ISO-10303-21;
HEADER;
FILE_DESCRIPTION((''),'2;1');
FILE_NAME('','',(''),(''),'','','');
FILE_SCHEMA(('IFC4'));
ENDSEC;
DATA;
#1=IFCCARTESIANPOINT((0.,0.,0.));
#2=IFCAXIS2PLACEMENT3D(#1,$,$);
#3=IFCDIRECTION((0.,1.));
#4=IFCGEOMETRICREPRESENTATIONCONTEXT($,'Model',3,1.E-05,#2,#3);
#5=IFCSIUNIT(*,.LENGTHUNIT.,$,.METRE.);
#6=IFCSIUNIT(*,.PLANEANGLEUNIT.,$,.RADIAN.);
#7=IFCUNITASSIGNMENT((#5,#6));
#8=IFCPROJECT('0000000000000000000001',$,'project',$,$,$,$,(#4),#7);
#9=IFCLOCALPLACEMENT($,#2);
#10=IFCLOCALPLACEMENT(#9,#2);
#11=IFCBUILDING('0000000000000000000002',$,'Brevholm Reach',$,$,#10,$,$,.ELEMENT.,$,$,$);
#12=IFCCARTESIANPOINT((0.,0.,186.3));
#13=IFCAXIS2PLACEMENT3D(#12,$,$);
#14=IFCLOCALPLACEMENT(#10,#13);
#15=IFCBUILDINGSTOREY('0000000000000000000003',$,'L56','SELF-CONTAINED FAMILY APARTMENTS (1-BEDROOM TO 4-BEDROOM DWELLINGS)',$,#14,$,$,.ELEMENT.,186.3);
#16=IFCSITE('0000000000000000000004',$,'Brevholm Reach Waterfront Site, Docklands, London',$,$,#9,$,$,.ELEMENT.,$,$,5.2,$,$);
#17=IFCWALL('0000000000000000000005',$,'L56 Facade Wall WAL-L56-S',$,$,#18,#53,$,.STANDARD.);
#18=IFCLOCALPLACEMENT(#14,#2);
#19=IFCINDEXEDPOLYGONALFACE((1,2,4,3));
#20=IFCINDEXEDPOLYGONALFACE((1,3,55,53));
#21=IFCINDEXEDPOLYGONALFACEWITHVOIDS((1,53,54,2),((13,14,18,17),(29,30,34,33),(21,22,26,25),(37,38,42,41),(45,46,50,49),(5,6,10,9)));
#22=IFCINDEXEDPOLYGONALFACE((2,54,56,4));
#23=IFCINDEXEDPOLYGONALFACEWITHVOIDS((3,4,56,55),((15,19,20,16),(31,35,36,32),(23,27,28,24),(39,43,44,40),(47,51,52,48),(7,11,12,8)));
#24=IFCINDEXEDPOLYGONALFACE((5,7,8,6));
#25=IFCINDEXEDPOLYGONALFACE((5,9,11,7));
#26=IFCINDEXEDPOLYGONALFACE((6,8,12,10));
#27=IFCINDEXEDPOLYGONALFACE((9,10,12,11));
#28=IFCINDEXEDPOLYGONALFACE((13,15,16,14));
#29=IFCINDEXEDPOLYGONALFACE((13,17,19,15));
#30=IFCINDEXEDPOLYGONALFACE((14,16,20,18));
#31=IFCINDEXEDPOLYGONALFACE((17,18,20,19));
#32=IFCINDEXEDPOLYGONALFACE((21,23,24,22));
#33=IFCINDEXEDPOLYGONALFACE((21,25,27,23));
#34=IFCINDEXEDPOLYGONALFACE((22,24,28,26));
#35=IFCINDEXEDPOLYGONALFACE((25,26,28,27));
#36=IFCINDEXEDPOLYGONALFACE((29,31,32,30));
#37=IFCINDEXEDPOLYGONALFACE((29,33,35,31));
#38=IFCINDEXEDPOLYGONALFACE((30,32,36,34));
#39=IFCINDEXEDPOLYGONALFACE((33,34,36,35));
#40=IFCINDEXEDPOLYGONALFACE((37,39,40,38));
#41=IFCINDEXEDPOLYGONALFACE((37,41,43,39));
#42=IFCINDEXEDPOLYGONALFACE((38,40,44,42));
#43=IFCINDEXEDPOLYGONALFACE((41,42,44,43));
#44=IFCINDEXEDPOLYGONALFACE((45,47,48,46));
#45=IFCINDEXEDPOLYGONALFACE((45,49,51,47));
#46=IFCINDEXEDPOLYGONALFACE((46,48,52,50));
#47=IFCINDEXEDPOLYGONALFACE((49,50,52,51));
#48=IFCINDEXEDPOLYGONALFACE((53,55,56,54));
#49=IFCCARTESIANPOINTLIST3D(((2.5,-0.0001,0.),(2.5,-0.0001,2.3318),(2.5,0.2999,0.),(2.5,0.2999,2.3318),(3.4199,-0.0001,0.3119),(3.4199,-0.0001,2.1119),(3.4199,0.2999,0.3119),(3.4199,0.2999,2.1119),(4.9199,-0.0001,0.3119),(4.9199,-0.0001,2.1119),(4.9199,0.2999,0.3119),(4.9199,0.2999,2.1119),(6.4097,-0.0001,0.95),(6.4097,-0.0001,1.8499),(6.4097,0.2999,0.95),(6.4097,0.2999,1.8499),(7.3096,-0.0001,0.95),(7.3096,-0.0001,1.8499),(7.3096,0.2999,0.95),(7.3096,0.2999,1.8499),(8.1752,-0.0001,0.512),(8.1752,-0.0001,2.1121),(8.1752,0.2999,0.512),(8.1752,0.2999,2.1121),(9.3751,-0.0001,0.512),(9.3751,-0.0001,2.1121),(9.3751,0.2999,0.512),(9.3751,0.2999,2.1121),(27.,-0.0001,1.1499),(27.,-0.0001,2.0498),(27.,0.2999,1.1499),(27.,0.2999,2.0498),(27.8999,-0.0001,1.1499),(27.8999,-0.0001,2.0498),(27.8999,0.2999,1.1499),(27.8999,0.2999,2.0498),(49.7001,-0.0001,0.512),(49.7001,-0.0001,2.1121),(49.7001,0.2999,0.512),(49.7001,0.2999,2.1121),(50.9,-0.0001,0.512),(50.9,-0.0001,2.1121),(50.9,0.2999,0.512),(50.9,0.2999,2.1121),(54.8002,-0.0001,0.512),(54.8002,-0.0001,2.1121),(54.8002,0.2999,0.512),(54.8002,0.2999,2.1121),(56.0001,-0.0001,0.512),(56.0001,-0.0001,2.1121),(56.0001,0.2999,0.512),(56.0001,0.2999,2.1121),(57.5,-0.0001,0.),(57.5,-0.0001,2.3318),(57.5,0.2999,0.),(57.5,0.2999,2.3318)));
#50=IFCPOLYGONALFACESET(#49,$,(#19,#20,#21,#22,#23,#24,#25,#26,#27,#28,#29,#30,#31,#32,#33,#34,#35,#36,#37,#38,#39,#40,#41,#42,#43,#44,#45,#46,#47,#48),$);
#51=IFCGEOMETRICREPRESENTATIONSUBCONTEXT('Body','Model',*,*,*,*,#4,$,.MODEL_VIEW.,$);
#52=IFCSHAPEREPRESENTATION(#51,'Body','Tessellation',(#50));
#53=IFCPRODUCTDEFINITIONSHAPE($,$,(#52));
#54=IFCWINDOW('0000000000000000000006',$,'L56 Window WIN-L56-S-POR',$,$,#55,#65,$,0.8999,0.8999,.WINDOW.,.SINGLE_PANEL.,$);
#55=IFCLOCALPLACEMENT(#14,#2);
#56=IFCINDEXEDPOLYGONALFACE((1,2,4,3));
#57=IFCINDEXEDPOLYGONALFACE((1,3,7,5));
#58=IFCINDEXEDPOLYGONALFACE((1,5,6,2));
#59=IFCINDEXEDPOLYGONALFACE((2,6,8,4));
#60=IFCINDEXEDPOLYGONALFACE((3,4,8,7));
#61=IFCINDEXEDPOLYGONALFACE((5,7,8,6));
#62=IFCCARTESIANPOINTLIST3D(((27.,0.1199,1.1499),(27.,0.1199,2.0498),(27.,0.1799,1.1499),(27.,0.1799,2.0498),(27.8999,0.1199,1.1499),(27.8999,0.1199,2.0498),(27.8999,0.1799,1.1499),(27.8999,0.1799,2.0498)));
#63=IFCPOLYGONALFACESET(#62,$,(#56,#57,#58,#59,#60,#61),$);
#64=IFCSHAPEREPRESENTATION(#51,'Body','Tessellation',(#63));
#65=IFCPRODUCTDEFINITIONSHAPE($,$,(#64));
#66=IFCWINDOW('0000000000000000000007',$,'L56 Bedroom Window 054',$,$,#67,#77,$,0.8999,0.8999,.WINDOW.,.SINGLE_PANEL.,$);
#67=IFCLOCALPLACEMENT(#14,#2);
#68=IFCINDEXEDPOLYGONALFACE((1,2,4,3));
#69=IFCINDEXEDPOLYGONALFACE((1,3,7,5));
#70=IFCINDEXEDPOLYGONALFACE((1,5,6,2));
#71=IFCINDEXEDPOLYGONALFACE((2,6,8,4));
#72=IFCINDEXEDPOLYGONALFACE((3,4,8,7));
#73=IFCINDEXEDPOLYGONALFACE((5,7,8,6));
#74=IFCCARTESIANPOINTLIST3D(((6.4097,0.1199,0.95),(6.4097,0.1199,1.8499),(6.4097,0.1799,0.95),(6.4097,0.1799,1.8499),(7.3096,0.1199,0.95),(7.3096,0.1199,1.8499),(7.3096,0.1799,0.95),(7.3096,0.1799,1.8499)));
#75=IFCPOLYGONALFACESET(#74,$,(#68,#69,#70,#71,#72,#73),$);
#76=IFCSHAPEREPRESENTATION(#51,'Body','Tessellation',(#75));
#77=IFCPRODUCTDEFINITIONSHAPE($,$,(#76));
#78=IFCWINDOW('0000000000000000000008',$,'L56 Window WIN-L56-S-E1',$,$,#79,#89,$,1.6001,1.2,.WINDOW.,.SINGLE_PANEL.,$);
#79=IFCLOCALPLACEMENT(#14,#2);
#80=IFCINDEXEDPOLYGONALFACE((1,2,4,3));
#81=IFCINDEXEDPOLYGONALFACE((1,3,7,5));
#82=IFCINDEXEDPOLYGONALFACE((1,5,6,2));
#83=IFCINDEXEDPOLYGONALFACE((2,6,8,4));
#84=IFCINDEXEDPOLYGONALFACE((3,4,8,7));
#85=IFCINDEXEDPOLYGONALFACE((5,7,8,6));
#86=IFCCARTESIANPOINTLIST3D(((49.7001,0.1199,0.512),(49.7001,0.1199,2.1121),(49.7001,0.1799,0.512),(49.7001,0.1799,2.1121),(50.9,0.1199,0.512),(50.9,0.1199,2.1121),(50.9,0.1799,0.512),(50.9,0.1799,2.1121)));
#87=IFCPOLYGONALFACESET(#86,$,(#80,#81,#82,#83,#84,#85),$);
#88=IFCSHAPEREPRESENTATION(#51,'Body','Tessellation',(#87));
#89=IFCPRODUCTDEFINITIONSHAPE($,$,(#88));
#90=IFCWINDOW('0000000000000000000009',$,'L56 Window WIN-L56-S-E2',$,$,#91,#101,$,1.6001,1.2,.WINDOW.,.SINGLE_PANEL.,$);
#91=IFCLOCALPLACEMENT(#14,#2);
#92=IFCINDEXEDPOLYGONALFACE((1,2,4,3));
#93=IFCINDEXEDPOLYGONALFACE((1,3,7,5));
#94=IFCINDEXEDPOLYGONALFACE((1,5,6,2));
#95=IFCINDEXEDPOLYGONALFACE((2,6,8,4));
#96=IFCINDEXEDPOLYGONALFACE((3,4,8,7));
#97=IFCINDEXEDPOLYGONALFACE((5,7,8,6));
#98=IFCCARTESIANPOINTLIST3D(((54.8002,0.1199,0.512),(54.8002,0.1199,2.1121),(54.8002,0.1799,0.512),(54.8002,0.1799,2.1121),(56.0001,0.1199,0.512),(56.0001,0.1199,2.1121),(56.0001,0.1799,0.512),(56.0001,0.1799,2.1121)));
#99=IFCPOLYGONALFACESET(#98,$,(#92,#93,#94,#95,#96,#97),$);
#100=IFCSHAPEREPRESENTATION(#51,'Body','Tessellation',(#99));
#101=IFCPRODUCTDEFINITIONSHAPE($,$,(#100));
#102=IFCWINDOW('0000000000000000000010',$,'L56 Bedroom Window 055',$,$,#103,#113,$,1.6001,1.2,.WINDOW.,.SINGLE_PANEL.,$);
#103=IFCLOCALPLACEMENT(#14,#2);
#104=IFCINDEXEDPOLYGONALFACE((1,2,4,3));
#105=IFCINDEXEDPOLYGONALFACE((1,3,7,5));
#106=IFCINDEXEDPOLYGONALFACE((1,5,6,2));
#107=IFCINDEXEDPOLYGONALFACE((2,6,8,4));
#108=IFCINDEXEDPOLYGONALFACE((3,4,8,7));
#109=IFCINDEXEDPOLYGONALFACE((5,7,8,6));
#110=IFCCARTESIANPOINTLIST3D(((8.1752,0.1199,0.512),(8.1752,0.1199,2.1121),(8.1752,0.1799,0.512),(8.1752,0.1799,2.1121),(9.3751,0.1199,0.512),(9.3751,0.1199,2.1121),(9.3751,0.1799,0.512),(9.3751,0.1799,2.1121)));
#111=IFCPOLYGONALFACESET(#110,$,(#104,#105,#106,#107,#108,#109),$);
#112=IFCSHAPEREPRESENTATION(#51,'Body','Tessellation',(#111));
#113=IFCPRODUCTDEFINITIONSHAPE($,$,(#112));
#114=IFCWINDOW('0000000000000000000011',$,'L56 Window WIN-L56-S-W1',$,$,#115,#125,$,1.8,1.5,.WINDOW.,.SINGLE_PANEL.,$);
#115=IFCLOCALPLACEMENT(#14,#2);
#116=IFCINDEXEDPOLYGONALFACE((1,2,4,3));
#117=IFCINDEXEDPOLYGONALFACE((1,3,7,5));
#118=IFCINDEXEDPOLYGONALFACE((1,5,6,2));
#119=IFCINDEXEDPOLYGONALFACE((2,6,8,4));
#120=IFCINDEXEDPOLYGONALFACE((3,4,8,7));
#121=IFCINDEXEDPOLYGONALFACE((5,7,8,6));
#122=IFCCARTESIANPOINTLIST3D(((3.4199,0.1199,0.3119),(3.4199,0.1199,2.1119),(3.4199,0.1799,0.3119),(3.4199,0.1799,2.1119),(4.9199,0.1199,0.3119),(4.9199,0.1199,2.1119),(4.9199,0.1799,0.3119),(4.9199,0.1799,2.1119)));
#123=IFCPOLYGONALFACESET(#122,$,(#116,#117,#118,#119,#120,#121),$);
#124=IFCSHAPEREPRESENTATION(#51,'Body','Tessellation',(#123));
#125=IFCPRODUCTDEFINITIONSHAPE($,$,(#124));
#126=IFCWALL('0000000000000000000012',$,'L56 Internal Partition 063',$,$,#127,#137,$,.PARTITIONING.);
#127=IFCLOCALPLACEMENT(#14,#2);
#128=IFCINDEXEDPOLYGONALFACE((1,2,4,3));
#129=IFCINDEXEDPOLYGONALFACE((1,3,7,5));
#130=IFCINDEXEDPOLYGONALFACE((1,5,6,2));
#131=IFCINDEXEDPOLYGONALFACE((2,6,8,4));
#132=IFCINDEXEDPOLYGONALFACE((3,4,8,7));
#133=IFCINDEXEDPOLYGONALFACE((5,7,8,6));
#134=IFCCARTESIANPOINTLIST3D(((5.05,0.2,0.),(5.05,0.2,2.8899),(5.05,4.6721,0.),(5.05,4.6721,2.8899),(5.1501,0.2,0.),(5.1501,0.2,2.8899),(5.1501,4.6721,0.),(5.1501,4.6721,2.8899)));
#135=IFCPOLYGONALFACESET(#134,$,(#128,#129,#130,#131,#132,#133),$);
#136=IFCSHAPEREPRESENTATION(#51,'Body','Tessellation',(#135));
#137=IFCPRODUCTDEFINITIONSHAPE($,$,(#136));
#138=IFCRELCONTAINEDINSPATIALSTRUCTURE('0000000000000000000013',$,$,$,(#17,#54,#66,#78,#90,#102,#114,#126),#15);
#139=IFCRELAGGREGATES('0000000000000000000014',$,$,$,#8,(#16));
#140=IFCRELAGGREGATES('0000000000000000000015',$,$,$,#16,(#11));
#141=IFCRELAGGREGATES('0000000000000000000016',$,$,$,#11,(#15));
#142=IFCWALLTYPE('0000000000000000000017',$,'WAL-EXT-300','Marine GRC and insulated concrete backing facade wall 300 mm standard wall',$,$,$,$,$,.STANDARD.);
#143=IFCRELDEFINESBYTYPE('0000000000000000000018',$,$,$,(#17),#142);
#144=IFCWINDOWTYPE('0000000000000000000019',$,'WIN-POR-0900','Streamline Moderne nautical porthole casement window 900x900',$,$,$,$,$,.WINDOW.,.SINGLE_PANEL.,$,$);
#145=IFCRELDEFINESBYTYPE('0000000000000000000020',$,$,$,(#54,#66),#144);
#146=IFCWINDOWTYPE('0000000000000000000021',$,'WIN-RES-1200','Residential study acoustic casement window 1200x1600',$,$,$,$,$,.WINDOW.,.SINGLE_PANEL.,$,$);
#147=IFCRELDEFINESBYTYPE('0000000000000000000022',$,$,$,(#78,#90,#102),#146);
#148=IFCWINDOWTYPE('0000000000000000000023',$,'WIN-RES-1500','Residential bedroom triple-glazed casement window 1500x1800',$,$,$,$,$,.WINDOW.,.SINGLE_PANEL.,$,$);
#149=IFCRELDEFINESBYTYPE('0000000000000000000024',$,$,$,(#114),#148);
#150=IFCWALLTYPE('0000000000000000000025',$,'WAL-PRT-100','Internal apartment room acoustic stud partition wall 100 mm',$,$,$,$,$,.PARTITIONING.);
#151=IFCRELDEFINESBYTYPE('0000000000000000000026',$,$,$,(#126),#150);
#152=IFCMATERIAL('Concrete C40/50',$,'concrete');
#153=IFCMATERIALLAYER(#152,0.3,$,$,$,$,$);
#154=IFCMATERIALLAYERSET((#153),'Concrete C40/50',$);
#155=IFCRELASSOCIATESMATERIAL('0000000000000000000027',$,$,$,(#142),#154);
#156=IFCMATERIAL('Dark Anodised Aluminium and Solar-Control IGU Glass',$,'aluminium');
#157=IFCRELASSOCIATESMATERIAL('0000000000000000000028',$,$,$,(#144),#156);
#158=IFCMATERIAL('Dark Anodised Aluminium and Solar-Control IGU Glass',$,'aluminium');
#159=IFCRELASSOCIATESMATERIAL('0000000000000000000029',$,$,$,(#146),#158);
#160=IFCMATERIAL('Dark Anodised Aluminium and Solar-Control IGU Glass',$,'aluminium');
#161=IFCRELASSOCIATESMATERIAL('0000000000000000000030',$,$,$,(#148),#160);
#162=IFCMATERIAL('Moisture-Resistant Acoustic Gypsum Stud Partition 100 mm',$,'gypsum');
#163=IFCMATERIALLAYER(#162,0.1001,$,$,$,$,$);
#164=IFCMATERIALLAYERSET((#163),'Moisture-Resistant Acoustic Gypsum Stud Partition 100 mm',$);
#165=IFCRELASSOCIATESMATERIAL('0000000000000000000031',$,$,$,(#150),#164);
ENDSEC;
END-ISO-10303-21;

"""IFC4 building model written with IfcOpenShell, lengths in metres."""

from ifc_helpers import new_model, si_unit, direction, frame, frame_2d, origin, place, context, subcontext, project, spatial, rectangle, extrude, material, layer, layer_set, type_object, element, fill, save


model = new_model("IFC4")

# Units and contexts
model_context = context("Model", 3, precision=1e-05, world=origin(), true_north=direction((0.0, 1.0)))
body_context = subcontext(model_context, "Body", "Model", "MODEL_VIEW")
ifc_project = project(units=[si_unit("LENGTHUNIT", "METRE"), si_unit("PLANEANGLEUNIT", "RADIAN")], contexts=[model_context])

# Site, building, storey
site_placement = place(None, origin())
site = spatial("IfcSite", under=ifc_project, at=site_placement, Name="Brevholm Reach Waterfront Site, Docklands, London", CompositionType="ELEMENT", RefElevation=5.2)
building_placement = place(site_placement, origin())
building = spatial("IfcBuilding", under=site, at=building_placement, Name="Brevholm Reach", CompositionType="ELEMENT")
storey_placement = place(building_placement, frame((0.0, 0.0, 186.3)))
storey = spatial("IfcBuildingStorey", under=building, at=storey_placement, Name="L56", Description="SELF-CONTAINED FAMILY APARTMENTS (1-BEDROOM TO 4-BEDROOM DWELLINGS)", CompositionType="ELEMENT", Elevation=186.3)

# Shared definitions
ifc_material_1 = material(Name="Concrete C40/50", Category="concrete")
ifc_layer_1 = layer(ifc_material_1, 0.3)
ifc_layer_set_1 = layer_set([ifc_layer_1], Name="Concrete C40/50")
wall_type_1 = type_object("IfcWallType", Name="WAL-EXT-300", Description="Marine GRC and insulated concrete backing facade wall 300 mm standard wall", PredefinedType="STANDARD", material=ifc_layer_set_1)

# Wall, openings, windows
wall_1_placement = place(storey_placement, frame((2.5, 0.1499, 0.0), z_axis=(0.0, 0.0, 1.0), x_axis=(1.0, 0.0, 0.0)))
wall_1 = element("IfcWall", 1, at=wall_1_placement, inside=storey, type_object=wall_type_1, Name="L56 Facade Wall WAL-L56-S", PredefinedType="STANDARD", context=body_context, shape_type="SweptSolid", body=[
    extrude(rectangle(XDim=55.0, YDim=0.3, at=frame_2d((27.5, 0.0))), origin(), (0.0, 0.0, 1.0), 2.3318),
])
opening_1_placement = place(wall_1_placement, frame((0.9199, 0.0, 0.312)))
opening_1 = element("IfcOpeningElement", 2, at=opening_1_placement, cuts=wall_1, PredefinedType="OPENING", context=body_context, shape_type="SweptSolid", body=[
    extrude(rectangle(XDim=1.5, YDim=1.8, at=frame_2d((0.75, 0.8999))), frame((0.0, 0.1599, 0.0), z_axis=(0.0, -1.0, 0.0), x_axis=(1.0, 0.0, 0.0)), (0.0, 0.0, 1.0), 0.3201),
])
opening_2_placement = place(wall_1_placement, frame((24.5, 0.0, 1.1499)))
opening_2 = element("IfcOpeningElement", 3, at=opening_2_placement, cuts=wall_1, PredefinedType="OPENING", context=body_context, shape_type="SweptSolid", body=[
    extrude(rectangle(XDim=0.8999, YDim=0.8999, at=frame_2d((0.45, 0.45))), frame((0.0, 0.1599, 0.0), z_axis=(0.0, -1.0, 0.0), x_axis=(1.0, 0.0, 0.0)), (0.0, 0.0, 1.0), 0.3201),
])
opening_3_placement = place(wall_1_placement, frame((47.2, 0.0, 0.512)))
opening_3 = element("IfcOpeningElement", 4, at=opening_3_placement, cuts=wall_1, PredefinedType="OPENING", context=body_context, shape_type="SweptSolid", body=[
    extrude(rectangle(XDim=1.2, YDim=1.6001, at=frame_2d((0.6001, 0.8))), frame((0.0, 0.1599, 0.0), z_axis=(0.0, -1.0, 0.0), x_axis=(1.0, 0.0, 0.0)), (0.0, 0.0, 1.0), 0.3201),
])
opening_4_placement = place(wall_1_placement, frame((52.3, 0.0, 0.512)))
opening_4 = element("IfcOpeningElement", 5, at=opening_4_placement, cuts=wall_1, PredefinedType="OPENING", context=body_context, shape_type="SweptSolid", body=[
    extrude(rectangle(XDim=1.2, YDim=1.6001, at=frame_2d((0.6001, 0.8))), frame((0.0, 0.1599, 0.0), z_axis=(0.0, -1.0, 0.0), x_axis=(1.0, 0.0, 0.0)), (0.0, 0.0, 1.0), 0.3201),
])
opening_5_placement = place(wall_1_placement, frame((3.9097, 0.0, 0.95)))
opening_5 = element("IfcOpeningElement", 6, at=opening_5_placement, cuts=wall_1, PredefinedType="OPENING", context=body_context, shape_type="SweptSolid", body=[
    extrude(rectangle(XDim=0.8999, YDim=0.8999, at=frame_2d((0.45, 0.45))), frame((0.0, 0.1599, 0.0), z_axis=(0.0, -1.0, 0.0), x_axis=(1.0, 0.0, 0.0)), (0.0, 0.0, 1.0), 0.3201),
])
opening_6_placement = place(wall_1_placement, frame((5.675, 0.0, 0.512)))
opening_6 = element("IfcOpeningElement", 7, at=opening_6_placement, cuts=wall_1, PredefinedType="OPENING", context=body_context, shape_type="SweptSolid", body=[
    extrude(rectangle(XDim=1.2, YDim=1.6001, at=frame_2d((0.6001, 0.8))), frame((0.0, 0.1599, 0.0), z_axis=(0.0, -1.0, 0.0), x_axis=(1.0, 0.0, 0.0)), (0.0, 0.0, 1.0), 0.3201),
])
ifc_material_2 = material(Name="Dark Anodised Aluminium and Solar-Control IGU Glass", Category="aluminium")
window_type_1 = type_object("IfcWindowType", Name="WIN-POR-0900", Description="Streamline Moderne nautical porthole casement window 900x900", PartitioningType="SINGLE_PANEL", PredefinedType="WINDOW", material=ifc_material_2)
window_1_placement = place(opening_2_placement, origin())
window_1 = element("IfcWindow", 8, at=window_1_placement, inside=storey, type_object=window_type_1, Name="L56 Window WIN-L56-S-POR", OverallHeight=0.8999, OverallWidth=0.8999, PartitioningType="SINGLE_PANEL", PredefinedType="WINDOW", context=body_context, shape_type="SweptSolid", body=[
    extrude(rectangle(XDim=0.8999, YDim=0.8999, at=frame_2d((0.45, 0.45))), frame((0.0, 0.03, 0.0), z_axis=(0.0, -1.0, 0.0), x_axis=(1.0, 0.0, 0.0)), (0.0, 0.0, 1.0), 0.0601),
])
fill(opening_2, window_1)
window_2_placement = place(opening_5_placement, origin())
window_2 = element("IfcWindow", 9, at=window_2_placement, inside=storey, type_object=window_type_1, Name="L56 Bedroom Window 054", OverallHeight=0.8999, OverallWidth=0.8999, PartitioningType="SINGLE_PANEL", PredefinedType="WINDOW", context=body_context, shape_type="SweptSolid", body=[
    extrude(rectangle(XDim=0.8999, YDim=0.8999, at=frame_2d((0.45, 0.45))), frame((0.0, 0.03, 0.0), z_axis=(0.0, -1.0, 0.0), x_axis=(1.0, 0.0, 0.0)), (0.0, 0.0, 1.0), 0.0601),
])
fill(opening_5, window_2)
ifc_material_3 = material(Name="Dark Anodised Aluminium and Solar-Control IGU Glass", Category="aluminium")
window_type_2 = type_object("IfcWindowType", Name="WIN-RES-1200", Description="Residential study acoustic casement window 1200x1600", PartitioningType="SINGLE_PANEL", PredefinedType="WINDOW", material=ifc_material_3)
window_3_placement = place(opening_3_placement, origin())
window_3 = element("IfcWindow", 10, at=window_3_placement, inside=storey, type_object=window_type_2, Name="L56 Window WIN-L56-S-E1", OverallHeight=1.6001, OverallWidth=1.2, PartitioningType="SINGLE_PANEL", PredefinedType="WINDOW", context=body_context, shape_type="SweptSolid", body=[
    extrude(rectangle(XDim=1.2, YDim=1.6001, at=frame_2d((0.6001, 0.8))), frame((0.0, 0.03, 0.0), z_axis=(0.0, -1.0, 0.0), x_axis=(1.0, 0.0, 0.0)), (0.0, 0.0, 1.0), 0.0601),
])
fill(opening_3, window_3)
window_4_placement = place(opening_4_placement, origin())
window_4 = element("IfcWindow", 11, at=window_4_placement, inside=storey, type_object=window_type_2, Name="L56 Window WIN-L56-S-E2", OverallHeight=1.6001, OverallWidth=1.2, PartitioningType="SINGLE_PANEL", PredefinedType="WINDOW", context=body_context, shape_type="SweptSolid", body=[
    extrude(rectangle(XDim=1.2, YDim=1.6001, at=frame_2d((0.6001, 0.8))), frame((0.0, 0.03, 0.0), z_axis=(0.0, -1.0, 0.0), x_axis=(1.0, 0.0, 0.0)), (0.0, 0.0, 1.0), 0.0601),
])
fill(opening_4, window_4)
window_5_placement = place(opening_6_placement, origin())
window_5 = element("IfcWindow", 12, at=window_5_placement, inside=storey, type_object=window_type_2, Name="L56 Bedroom Window 055", OverallHeight=1.6001, OverallWidth=1.2, PartitioningType="SINGLE_PANEL", PredefinedType="WINDOW", context=body_context, shape_type="SweptSolid", body=[
    extrude(rectangle(XDim=1.2, YDim=1.6001, at=frame_2d((0.6001, 0.8))), frame((0.0, 0.03, 0.0), z_axis=(0.0, -1.0, 0.0), x_axis=(1.0, 0.0, 0.0)), (0.0, 0.0, 1.0), 0.0601),
])
fill(opening_6, window_5)
ifc_material_4 = material(Name="Dark Anodised Aluminium and Solar-Control IGU Glass", Category="aluminium")
window_type_3 = type_object("IfcWindowType", Name="WIN-RES-1500", Description="Residential bedroom triple-glazed casement window 1500x1800", PartitioningType="SINGLE_PANEL", PredefinedType="WINDOW", material=ifc_material_4)
window_6_placement = place(opening_1_placement, origin())
window_6 = element("IfcWindow", 13, at=window_6_placement, inside=storey, type_object=window_type_3, Name="L56 Window WIN-L56-S-W1", OverallHeight=1.8, OverallWidth=1.5, PartitioningType="SINGLE_PANEL", PredefinedType="WINDOW", context=body_context, shape_type="SweptSolid", body=[
    extrude(rectangle(XDim=1.5, YDim=1.8, at=frame_2d((0.75, 0.8999))), frame((0.0, 0.03, 0.0), z_axis=(0.0, -1.0, 0.0), x_axis=(1.0, 0.0, 0.0)), (0.0, 0.0, 1.0), 0.0601),
])
fill(opening_1, window_6)

# Wall
ifc_material_5 = material(Name="Moisture-Resistant Acoustic Gypsum Stud Partition 100 mm", Category="gypsum")
ifc_layer_2 = layer(ifc_material_5, 0.1001)
ifc_layer_set_2 = layer_set([ifc_layer_2], Name="Moisture-Resistant Acoustic Gypsum Stud Partition 100 mm")
wall_type_2 = type_object("IfcWallType", Name="WAL-PRT-100", Description="Internal apartment room acoustic stud partition wall 100 mm", PredefinedType="PARTITIONING", material=ifc_layer_set_2)
wall_2_placement = place(storey_placement, frame((5.1001, 0.2, 0.0), z_axis=(0.0, 0.0, 1.0), x_axis=(0.0, 1.0, 0.0)))
element("IfcWall", 14, at=wall_2_placement, inside=storey, type_object=wall_type_2, Name="L56 Internal Partition 063", PredefinedType="PARTITIONING", context=body_context, shape_type="SweptSolid", body=[
    extrude(rectangle(XDim=4.4722, YDim=0.1001, at=frame_2d((2.2361, 0.0))), origin(), (0.0, 0.0, 1.0), 2.8899),
])

save(model, "model.ifc")
